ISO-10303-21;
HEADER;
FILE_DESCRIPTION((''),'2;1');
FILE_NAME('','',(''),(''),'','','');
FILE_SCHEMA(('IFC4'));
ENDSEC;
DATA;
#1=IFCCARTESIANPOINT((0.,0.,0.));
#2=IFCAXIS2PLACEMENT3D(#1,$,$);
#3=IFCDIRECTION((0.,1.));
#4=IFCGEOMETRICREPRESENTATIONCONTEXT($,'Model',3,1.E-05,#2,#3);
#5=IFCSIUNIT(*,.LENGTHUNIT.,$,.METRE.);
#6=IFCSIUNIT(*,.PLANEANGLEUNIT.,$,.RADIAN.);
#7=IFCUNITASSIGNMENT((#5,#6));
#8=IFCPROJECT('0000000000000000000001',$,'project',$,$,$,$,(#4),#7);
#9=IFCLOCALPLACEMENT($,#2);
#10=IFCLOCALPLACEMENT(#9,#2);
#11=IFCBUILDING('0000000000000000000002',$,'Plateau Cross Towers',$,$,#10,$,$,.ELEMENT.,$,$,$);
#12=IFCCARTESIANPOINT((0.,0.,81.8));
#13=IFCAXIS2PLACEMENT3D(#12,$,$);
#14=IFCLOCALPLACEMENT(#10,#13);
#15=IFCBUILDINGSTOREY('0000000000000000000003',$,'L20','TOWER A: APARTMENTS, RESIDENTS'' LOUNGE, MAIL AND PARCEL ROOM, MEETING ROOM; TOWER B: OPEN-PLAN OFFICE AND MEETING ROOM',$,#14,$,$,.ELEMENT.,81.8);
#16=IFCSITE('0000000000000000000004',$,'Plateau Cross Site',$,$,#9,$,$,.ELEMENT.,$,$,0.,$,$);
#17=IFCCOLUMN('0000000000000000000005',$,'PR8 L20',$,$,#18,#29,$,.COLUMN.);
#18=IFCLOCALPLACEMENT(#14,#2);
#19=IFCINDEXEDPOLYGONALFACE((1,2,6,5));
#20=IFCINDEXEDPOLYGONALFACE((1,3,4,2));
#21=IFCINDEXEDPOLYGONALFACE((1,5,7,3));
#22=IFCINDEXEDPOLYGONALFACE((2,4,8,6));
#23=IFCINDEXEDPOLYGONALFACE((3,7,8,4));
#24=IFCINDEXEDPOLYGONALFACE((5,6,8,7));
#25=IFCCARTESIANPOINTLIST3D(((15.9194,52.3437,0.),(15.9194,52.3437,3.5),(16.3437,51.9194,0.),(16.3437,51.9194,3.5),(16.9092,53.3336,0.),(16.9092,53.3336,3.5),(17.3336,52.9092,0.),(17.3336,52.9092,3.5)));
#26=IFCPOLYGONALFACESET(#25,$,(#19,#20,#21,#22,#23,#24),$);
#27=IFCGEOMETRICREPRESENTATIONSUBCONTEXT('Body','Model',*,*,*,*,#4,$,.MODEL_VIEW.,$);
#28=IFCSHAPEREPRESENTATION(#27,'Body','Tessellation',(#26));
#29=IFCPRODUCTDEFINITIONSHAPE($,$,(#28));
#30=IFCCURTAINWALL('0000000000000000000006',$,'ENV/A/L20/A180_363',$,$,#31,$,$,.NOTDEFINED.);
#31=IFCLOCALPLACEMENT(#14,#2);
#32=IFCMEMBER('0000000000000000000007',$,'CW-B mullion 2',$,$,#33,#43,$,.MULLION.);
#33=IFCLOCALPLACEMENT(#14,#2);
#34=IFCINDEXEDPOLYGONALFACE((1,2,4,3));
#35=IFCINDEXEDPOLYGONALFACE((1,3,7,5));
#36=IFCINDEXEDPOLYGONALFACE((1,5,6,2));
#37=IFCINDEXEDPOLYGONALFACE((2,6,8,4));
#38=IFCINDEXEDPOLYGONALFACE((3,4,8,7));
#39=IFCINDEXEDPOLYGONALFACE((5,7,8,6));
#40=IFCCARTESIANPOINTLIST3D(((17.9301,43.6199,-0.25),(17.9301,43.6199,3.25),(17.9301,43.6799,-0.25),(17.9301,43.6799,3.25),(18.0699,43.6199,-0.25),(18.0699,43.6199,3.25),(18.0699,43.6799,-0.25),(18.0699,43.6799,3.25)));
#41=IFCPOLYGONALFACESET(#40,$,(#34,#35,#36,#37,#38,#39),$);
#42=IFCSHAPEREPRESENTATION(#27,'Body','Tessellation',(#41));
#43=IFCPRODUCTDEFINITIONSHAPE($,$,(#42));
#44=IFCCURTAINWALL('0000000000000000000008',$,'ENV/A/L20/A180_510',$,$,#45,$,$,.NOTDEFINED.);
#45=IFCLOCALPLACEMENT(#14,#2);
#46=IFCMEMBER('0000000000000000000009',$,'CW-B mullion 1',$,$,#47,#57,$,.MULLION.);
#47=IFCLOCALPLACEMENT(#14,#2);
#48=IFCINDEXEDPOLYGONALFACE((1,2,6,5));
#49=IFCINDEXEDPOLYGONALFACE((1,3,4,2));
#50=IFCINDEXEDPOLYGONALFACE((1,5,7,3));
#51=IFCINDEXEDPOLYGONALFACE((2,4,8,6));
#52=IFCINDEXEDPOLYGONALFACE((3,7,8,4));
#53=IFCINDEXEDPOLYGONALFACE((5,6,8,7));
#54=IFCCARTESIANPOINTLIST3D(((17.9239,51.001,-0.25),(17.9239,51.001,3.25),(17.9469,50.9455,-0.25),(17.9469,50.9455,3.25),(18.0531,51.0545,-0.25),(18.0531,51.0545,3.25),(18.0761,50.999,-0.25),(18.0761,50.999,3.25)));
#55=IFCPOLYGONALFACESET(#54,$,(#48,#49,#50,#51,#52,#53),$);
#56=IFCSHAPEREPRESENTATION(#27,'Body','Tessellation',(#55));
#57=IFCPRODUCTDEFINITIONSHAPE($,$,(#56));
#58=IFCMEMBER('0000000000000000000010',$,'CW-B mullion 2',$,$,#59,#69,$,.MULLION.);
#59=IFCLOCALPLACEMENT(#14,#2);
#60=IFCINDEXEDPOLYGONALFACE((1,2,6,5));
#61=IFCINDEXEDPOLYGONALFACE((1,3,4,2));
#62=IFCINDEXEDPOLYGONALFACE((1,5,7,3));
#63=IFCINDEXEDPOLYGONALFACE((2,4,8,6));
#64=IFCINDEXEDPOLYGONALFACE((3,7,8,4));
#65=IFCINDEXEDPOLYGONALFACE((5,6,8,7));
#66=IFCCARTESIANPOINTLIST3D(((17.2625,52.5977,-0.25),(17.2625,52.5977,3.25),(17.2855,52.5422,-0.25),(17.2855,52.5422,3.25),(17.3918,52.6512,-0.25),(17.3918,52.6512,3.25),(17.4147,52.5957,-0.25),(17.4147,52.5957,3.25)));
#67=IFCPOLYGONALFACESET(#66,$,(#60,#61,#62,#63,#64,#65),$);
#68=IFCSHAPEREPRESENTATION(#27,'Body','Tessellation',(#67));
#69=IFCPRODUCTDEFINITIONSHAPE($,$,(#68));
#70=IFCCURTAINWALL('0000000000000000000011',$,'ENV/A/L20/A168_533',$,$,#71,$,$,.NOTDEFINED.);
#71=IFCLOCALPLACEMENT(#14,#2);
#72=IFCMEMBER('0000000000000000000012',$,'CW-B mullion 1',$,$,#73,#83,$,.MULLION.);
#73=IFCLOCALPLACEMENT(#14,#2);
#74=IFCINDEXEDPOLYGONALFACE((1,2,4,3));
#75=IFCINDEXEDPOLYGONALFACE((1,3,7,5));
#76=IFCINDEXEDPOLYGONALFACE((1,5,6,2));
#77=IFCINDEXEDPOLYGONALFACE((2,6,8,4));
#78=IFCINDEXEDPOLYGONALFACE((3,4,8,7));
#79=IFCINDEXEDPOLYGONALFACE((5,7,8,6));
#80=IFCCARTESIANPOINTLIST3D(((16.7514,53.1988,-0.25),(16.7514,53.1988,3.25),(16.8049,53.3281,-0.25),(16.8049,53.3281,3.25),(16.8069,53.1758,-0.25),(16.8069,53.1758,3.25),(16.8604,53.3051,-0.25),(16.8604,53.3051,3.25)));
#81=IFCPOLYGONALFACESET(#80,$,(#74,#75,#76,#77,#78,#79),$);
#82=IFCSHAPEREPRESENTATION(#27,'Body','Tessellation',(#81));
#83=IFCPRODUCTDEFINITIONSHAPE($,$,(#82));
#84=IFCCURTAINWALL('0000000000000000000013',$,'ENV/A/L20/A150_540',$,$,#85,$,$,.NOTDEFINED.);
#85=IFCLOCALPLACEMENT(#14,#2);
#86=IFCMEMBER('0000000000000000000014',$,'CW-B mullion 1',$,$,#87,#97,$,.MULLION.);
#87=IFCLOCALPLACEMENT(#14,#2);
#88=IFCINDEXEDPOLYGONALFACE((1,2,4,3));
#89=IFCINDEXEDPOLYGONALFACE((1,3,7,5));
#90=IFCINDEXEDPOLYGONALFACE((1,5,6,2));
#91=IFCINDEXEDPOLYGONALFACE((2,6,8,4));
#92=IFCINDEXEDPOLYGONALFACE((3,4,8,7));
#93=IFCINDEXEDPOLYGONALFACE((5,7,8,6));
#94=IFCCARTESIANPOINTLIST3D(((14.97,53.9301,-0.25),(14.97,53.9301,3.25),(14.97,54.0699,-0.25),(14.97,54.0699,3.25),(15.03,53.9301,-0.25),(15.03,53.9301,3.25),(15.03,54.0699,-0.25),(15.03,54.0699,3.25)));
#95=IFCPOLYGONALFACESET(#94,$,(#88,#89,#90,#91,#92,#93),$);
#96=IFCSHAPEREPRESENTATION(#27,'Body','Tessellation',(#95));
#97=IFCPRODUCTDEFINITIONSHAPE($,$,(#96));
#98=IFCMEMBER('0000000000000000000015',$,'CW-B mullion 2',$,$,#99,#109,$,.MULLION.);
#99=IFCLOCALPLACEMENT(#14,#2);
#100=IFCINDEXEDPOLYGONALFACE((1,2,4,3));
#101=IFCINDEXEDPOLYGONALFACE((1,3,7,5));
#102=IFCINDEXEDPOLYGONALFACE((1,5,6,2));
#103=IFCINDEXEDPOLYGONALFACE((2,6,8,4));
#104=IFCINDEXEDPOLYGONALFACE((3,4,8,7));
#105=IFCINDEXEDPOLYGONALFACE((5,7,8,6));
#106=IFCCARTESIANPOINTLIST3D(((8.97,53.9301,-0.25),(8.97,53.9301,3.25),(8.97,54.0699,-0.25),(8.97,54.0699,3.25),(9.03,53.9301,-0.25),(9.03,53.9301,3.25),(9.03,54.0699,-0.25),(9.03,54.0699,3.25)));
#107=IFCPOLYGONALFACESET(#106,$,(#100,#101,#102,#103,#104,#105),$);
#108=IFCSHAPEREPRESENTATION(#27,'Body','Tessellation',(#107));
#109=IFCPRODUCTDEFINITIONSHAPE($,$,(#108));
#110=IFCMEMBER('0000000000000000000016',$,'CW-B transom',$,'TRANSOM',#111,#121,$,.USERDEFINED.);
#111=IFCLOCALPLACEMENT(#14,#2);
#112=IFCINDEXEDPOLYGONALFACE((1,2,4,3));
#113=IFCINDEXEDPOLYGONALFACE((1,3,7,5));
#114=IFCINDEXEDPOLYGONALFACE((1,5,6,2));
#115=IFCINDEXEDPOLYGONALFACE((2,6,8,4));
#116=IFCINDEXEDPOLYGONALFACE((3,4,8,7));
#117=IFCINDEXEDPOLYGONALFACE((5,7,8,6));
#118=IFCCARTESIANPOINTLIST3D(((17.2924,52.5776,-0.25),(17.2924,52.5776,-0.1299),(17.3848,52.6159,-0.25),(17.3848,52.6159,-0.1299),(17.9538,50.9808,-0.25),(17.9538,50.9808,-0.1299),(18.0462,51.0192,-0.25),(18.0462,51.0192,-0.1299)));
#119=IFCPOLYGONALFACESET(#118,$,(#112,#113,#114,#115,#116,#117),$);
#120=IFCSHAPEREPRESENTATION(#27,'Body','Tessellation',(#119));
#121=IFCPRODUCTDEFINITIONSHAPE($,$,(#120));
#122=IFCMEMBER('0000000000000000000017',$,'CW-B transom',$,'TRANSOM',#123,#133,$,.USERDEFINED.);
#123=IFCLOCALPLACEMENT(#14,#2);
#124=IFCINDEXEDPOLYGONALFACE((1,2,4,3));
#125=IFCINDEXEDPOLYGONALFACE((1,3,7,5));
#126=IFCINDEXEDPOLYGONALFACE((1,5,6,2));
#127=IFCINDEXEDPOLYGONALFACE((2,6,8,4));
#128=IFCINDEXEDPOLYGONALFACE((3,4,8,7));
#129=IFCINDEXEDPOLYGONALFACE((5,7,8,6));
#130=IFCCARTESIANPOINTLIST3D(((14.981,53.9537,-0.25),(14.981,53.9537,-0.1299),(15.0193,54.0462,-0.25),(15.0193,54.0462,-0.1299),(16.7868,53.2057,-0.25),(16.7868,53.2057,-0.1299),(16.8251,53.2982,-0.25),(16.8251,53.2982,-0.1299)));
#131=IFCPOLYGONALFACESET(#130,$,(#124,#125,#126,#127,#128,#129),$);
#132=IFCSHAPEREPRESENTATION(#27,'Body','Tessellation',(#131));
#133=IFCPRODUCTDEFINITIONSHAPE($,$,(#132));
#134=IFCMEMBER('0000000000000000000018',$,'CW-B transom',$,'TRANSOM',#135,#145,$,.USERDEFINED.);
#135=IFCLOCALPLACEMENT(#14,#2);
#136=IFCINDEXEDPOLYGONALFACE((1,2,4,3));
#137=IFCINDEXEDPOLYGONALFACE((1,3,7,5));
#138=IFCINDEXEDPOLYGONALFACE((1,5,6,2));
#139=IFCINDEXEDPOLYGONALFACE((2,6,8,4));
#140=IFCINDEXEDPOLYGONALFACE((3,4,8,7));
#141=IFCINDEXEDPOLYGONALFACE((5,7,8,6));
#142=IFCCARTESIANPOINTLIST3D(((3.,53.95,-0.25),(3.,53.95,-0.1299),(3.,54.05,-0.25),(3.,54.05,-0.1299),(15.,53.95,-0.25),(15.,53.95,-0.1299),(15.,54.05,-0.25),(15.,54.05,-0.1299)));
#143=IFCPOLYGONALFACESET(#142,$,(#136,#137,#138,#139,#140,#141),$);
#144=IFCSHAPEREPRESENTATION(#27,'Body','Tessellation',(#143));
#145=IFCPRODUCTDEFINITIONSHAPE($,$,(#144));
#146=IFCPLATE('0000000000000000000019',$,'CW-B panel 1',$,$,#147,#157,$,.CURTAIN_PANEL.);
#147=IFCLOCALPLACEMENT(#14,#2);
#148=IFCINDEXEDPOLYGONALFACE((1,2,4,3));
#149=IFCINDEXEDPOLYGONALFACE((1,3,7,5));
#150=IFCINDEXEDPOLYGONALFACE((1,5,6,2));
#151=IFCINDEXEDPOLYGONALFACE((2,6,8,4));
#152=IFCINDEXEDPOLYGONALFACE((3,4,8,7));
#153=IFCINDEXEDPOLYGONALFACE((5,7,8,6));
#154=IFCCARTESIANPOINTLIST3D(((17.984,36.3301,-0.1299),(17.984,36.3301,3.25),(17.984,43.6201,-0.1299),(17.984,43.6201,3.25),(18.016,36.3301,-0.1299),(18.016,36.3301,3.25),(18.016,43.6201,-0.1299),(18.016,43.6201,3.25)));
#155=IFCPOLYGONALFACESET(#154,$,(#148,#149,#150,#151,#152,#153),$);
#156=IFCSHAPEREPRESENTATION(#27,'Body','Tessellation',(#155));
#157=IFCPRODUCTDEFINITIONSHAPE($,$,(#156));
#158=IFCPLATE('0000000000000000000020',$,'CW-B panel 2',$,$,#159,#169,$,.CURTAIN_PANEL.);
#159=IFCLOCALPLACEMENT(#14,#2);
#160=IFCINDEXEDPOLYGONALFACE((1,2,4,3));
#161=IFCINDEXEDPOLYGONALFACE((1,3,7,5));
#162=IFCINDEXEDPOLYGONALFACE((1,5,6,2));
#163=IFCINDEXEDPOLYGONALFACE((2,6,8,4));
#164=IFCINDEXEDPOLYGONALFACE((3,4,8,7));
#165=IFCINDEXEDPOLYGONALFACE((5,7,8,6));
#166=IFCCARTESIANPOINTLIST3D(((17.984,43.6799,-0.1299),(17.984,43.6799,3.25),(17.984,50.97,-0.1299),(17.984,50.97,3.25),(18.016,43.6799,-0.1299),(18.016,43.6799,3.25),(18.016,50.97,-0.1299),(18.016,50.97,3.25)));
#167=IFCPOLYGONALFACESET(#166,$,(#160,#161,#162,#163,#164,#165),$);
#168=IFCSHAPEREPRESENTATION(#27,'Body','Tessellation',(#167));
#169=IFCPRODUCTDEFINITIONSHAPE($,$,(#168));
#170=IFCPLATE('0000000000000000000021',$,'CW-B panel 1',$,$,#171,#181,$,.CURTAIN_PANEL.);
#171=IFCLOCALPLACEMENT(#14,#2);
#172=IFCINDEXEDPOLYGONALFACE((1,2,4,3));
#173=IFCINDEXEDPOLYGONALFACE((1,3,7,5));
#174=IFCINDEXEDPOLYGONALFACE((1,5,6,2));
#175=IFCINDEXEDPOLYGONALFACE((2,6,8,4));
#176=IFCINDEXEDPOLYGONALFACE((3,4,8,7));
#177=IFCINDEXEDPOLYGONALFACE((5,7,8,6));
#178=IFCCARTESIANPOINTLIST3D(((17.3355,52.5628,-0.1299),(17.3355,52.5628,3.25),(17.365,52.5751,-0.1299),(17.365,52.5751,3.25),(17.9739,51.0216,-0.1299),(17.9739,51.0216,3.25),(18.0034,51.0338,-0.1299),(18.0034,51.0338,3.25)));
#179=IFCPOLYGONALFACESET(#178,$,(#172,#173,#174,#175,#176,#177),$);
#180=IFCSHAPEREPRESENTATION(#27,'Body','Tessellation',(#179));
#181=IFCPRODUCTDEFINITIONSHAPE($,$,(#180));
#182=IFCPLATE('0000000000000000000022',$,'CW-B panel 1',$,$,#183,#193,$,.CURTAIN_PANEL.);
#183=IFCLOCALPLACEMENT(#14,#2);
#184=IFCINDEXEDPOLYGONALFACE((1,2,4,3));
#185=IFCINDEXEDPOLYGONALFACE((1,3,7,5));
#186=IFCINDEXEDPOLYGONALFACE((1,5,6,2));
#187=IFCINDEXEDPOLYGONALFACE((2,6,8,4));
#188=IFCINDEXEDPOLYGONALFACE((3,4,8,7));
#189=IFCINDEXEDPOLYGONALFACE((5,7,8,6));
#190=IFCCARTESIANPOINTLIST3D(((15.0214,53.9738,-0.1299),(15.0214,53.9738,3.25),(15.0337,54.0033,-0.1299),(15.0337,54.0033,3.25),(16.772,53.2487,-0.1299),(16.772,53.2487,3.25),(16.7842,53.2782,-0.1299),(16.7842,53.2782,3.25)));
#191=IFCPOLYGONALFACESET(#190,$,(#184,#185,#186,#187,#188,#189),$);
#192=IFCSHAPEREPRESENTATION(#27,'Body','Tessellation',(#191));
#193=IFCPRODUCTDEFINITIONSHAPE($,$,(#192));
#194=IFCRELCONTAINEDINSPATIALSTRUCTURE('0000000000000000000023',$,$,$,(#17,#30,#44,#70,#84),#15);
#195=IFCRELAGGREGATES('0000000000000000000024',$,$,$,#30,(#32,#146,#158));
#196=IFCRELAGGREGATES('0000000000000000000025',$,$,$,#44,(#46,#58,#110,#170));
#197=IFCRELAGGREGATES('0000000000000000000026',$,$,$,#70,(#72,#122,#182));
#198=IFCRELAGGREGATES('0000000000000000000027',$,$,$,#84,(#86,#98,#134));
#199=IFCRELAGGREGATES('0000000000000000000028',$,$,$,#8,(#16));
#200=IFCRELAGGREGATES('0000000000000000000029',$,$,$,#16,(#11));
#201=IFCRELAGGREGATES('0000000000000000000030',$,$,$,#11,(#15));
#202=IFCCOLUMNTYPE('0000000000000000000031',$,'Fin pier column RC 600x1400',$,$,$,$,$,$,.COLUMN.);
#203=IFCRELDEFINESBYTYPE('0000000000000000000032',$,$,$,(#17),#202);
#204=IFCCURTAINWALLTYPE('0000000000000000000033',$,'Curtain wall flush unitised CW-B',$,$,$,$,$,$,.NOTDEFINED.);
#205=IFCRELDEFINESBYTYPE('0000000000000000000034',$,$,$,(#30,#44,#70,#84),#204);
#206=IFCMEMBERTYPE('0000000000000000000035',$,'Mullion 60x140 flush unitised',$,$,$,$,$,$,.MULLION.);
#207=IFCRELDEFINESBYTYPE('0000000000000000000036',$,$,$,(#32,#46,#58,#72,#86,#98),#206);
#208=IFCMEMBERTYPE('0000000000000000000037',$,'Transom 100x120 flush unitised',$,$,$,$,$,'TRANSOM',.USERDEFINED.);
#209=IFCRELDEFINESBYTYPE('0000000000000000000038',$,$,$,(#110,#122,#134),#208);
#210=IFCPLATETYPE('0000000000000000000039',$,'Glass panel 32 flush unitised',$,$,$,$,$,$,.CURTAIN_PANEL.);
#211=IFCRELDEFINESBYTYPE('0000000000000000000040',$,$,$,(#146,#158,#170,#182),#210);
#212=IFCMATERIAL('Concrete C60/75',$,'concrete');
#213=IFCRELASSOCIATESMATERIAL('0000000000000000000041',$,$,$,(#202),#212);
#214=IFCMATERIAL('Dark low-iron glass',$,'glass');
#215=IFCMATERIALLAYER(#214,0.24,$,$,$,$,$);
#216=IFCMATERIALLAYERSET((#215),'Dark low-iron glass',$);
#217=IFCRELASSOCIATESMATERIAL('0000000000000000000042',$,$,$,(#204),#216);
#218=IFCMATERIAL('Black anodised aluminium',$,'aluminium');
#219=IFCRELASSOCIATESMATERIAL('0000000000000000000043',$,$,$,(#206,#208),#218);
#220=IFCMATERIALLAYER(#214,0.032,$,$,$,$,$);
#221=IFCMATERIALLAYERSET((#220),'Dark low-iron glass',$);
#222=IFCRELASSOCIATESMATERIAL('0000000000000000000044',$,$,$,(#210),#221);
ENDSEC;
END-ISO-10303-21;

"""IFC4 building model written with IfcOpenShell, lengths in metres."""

from ifc_helpers import new_model, si_unit, direction, frame, origin, origin_2d, place, context, subcontext, project, spatial, rectangle, extrude, material, layer, layer_set, material_profile, profile_set, type_object, element, aggregate, save


model = new_model("IFC4")

# Units and contexts
model_context = context("Model", 3, precision=1e-05, world=origin(), true_north=direction((0.0, 1.0)))
body_context = subcontext(model_context, "Body", "Model", "MODEL_VIEW")
ifc_project = project(units=[si_unit("LENGTHUNIT", "METRE"), si_unit("PLANEANGLEUNIT", "RADIAN")], contexts=[model_context])

# Site, building, storey
site_placement = place(None, origin())
site = spatial("IfcSite", under=ifc_project, at=site_placement, Name="Plateau Cross Site", CompositionType="ELEMENT", RefElevation=0.0)
building_placement = place(site_placement, origin())
building = spatial("IfcBuilding", under=site, at=building_placement, Name="Plateau Cross Towers", CompositionType="ELEMENT")
storey_placement = place(building_placement, frame((0.0, 0.0, 81.8)))
storey = spatial("IfcBuildingStorey", under=building, at=storey_placement, Name="L20", Description="TOWER A: APARTMENTS, RESIDENTS' LOUNGE, MAIL AND PARCEL ROOM, MEETING ROOM; TOWER B: OPEN-PLAN OFFICE AND MEETING ROOM", CompositionType="ELEMENT", Elevation=81.8)

# Column
ifc_material_1 = material(Name="Concrete C60/75", Category="concrete")
ifc_material_profile_1 = material_profile(ifc_material_1, rectangle(XDim=0.6001, YDim=1.3999, at=origin_2d()), Name="RC 600x1400")
ifc_profile_set_1 = profile_set([ifc_material_profile_1], Name="Concrete C60/75")
column_type = type_object("IfcColumnType", Name="Fin pier column RC 600x1400", PredefinedType="COLUMN", material=ifc_profile_set_1)
column_placement = place(storey_placement, frame((16.6265, 52.6265, 0.0), z_axis=(0.0, 0.0, 1.0), x_axis=(-0.707107, 0.707107, 0.0)))
element("IfcColumn", 1, at=column_placement, inside=storey, type_object=column_type, Name="PR8 L20", PredefinedType="COLUMN", context=body_context, shape_type="SweptSolid", body=[
    extrude(rectangle(XDim=0.6001, YDim=1.3999, at=origin_2d()), origin(), (0.0, 0.0, 1.0), 3.5),
])

# Curtain wall, member
ifc_material_2 = material(Name="Dark low-iron glass", Category="glass")
ifc_layer_1 = layer(ifc_material_2, 0.24)
ifc_layer_set_1 = layer_set([ifc_layer_1], Name="Dark low-iron glass")
curtain_wall_type = type_object("IfcCurtainWallType", Name="Curtain wall flush unitised CW-B", PredefinedType="NOTDEFINED", material=ifc_layer_set_1)
curtain_wall_1_placement = place(storey_placement, origin())
curtain_wall_1 = element("IfcCurtainWall", 2, at=curtain_wall_1_placement, inside=storey, type_object=curtain_wall_type, Name="ENV/A/L20/A180_363", PredefinedType="NOTDEFINED")
ifc_material_3 = material(Name="Black anodised aluminium", Category="aluminium")
ifc_material_profile_2 = material_profile(ifc_material_3, rectangle(XDim=0.0601, YDim=0.1399, at=origin_2d()), Name="MULLION 60x140")
ifc_profile_set_2 = profile_set([ifc_material_profile_2], Name="Black anodised aluminium")
member_type_1 = type_object("IfcMemberType", Name="Mullion 60x140 flush unitised", PredefinedType="MULLION", material=ifc_profile_set_2)
member_1_placement = place(storey_placement, frame((18.0, 43.6499, -0.25), z_axis=(0.0, 0.0, 1.0), x_axis=(0.0, 1.0, 0.0)))
member_1 = element("IfcMember", 3, at=member_1_placement, type_object=member_type_1, Name="CW-B mullion 2", PredefinedType="MULLION", context=body_context, shape_type="SweptSolid", body=[
    extrude(rectangle(XDim=0.0601, YDim=0.1399, at=origin_2d()), origin(), (0.0, 0.0, 1.0), 3.5),
])

# Curtain wall, members
curtain_wall_2_placement = place(storey_placement, origin())
curtain_wall_2 = element("IfcCurtainWall", 4, at=curtain_wall_2_placement, inside=storey, type_object=curtain_wall_type, Name="ENV/A/L20/A180_510", PredefinedType="NOTDEFINED")
member_2_placement = place(storey_placement, frame((18.0, 51.0, -0.25), z_axis=(0.0, 0.0, 1.0), x_axis=(-0.382684, 0.923879, 0.0)))
member_2 = element("IfcMember", 5, at=member_2_placement, type_object=member_type_1, Name="CW-B mullion 1", PredefinedType="MULLION", context=body_context, shape_type="SweptSolid", body=[
    extrude(rectangle(XDim=0.0601, YDim=0.1399, at=origin_2d()), origin(), (0.0, 0.0, 1.0), 3.5),
])
member_3_placement = place(storey_placement, frame((17.3386, 52.5967, -0.25), z_axis=(0.0, 0.0, 1.0), x_axis=(-0.382684, 0.923879, 0.0)))
member_3 = element("IfcMember", 6, at=member_3_placement, type_object=member_type_1, Name="CW-B mullion 2", PredefinedType="MULLION", context=body_context, shape_type="SweptSolid", body=[
    extrude(rectangle(XDim=0.0601, YDim=0.1399, at=origin_2d()), origin(), (0.0, 0.0, 1.0), 3.5),
])

# Curtain wall, member
curtain_wall_3_placement = place(storey_placement, origin())
curtain_wall_3 = element("IfcCurtainWall", 7, at=curtain_wall_3_placement, inside=storey, type_object=curtain_wall_type, Name="ENV/A/L20/A168_533", PredefinedType="NOTDEFINED")
member_4_placement = place(storey_placement, frame((16.8059, 53.252, -0.25), z_axis=(0.0, 0.0, 1.0), x_axis=(-0.923879, 0.382684, 0.0)))
member_4 = element("IfcMember", 8, at=member_4_placement, type_object=member_type_1, Name="CW-B mullion 1", PredefinedType="MULLION", context=body_context, shape_type="SweptSolid", body=[
    extrude(rectangle(XDim=0.0601, YDim=0.1399, at=origin_2d()), origin(), (0.0, 0.0, 1.0), 3.5),
])

# Curtain wall, members
curtain_wall_4_placement = place(storey_placement, origin())
curtain_wall_4 = element("IfcCurtainWall", 9, at=curtain_wall_4_placement, inside=storey, type_object=curtain_wall_type, Name="ENV/A/L20/A150_540", PredefinedType="NOTDEFINED")
member_5_placement = place(storey_placement, frame((15.0, 54.0, -0.25), z_axis=(0.0, 0.0, 1.0), x_axis=(-1.0, 0.0, 0.0)))
member_5 = element("IfcMember", 10, at=member_5_placement, type_object=member_type_1, Name="CW-B mullion 1", PredefinedType="MULLION", context=body_context, shape_type="SweptSolid", body=[
    extrude(rectangle(XDim=0.0601, YDim=0.1399, at=origin_2d()), origin(), (0.0, 0.0, 1.0), 3.5),
])
member_6_placement = place(storey_placement, frame((9.0, 54.0, -0.25), z_axis=(0.0, 0.0, 1.0), x_axis=(-1.0, 0.0, 0.0)))
member_6 = element("IfcMember", 11, at=member_6_placement, type_object=member_type_1, Name="CW-B mullion 2", PredefinedType="MULLION", context=body_context, shape_type="SweptSolid", body=[
    extrude(rectangle(XDim=0.0601, YDim=0.1399, at=origin_2d()), origin(), (0.0, 0.0, 1.0), 3.5),
])

# Members
ifc_material_profile_3 = material_profile(ifc_material_3, rectangle(XDim=0.1001, YDim=0.1201, at=origin_2d()), Name="TRANSOM 100x120")
ifc_profile_set_3 = profile_set([ifc_material_profile_3], Name="Black anodised aluminium")
member_type_2 = type_object("IfcMemberType", Name="Transom 100x120 flush unitised", ElementType="TRANSOM", PredefinedType="USERDEFINED", material=ifc_profile_set_3)
member_7_placement = place(storey_placement, frame((18.0, 51.0, -0.1899), z_axis=(-0.382689, 0.923877, 0.0), x_axis=(-0.923877, -0.382689, 0.0)))
member_7 = element("IfcMember", 12, at=member_7_placement, type_object=member_type_2, Name="CW-B transom", ObjectType="TRANSOM", PredefinedType="USERDEFINED", context=body_context, shape_type="SweptSolid", body=[
    extrude(rectangle(XDim=0.1001, YDim=0.1201, at=origin_2d()), origin(), (0.0, 0.0, 1.0), 1.7283),
])
member_8_placement = place(storey_placement, frame((16.8059, 53.252, -0.1899), z_axis=(-0.923877, 0.38269, 0.0), x_axis=(-0.38269, -0.923877, 0.0)))
member_8 = element("IfcMember", 13, at=member_8_placement, type_object=member_type_2, Name="CW-B transom", ObjectType="TRANSOM", PredefinedType="USERDEFINED", context=body_context, shape_type="SweptSolid", body=[
    extrude(rectangle(XDim=0.1001, YDim=0.1201, at=origin_2d()), origin(), (0.0, 0.0, 1.0), 1.9546),
])
member_9_placement = place(storey_placement, frame((15.0, 54.0, -0.1899), z_axis=(-1.0, 0.0, 0.0), x_axis=(0.0, -1.0, 0.0)))
member_9 = element("IfcMember", 14, at=member_9_placement, type_object=member_type_2, Name="CW-B transom", ObjectType="TRANSOM", PredefinedType="USERDEFINED", context=body_context, shape_type="SweptSolid", body=[
    extrude(rectangle(XDim=0.1001, YDim=0.1201, at=origin_2d()), origin(), (0.0, 0.0, 1.0), 12.0),
])

# Plates
ifc_layer_2 = layer(ifc_material_2, 0.032)
ifc_layer_set_2 = layer_set([ifc_layer_2], Name="Dark low-iron glass")
plate_type = type_object("IfcPlateType", Name="Glass panel 32 flush unitised", PredefinedType="CURTAIN_PANEL", material=ifc_layer_set_2)
plate_1_placement = place(storey_placement, frame((18.0, 39.9751, -0.1299), z_axis=(0.0, 0.0, 1.0), x_axis=(0.0, 1.0, 0.0)))
plate_1 = element("IfcPlate", 15, at=plate_1_placement, type_object=plate_type, Name="CW-B panel 1", PredefinedType="CURTAIN_PANEL", context=body_context, shape_type="SweptSolid", body=[
    extrude(rectangle(XDim=7.29, YDim=0.032, at=origin_2d()), origin(), (0.0, 0.0, 1.0), 3.3799),
])
plate_2_placement = place(storey_placement, frame((18.0, 47.325, -0.1299), z_axis=(0.0, 0.0, 1.0), x_axis=(0.0, 1.0, 0.0)))
plate_2 = element("IfcPlate", 16, at=plate_2_placement, type_object=plate_type, Name="CW-B panel 2", PredefinedType="CURTAIN_PANEL", context=body_context, shape_type="SweptSolid", body=[
    extrude(rectangle(XDim=7.29, YDim=0.032, at=origin_2d()), origin(), (0.0, 0.0, 1.0), 3.3799),
])
aggregate(curtain_wall_1, [member_1, plate_1, plate_2])
plate_3_placement = place(storey_placement, frame((17.6694, 51.7983, -0.1299), z_axis=(0.0, 0.0, 1.0), x_axis=(-0.382684, 0.923879, 0.0)))
plate_3 = element("IfcPlate", 17, at=plate_3_placement, type_object=plate_type, Name="CW-B panel 1", PredefinedType="CURTAIN_PANEL", context=body_context, shape_type="SweptSolid", body=[
    extrude(rectangle(XDim=1.6682, YDim=0.032, at=origin_2d()), origin(), (0.0, 0.0, 1.0), 3.3799),
])
aggregate(curtain_wall_2, [member_2, member_3, member_7, plate_3])
plate_4_placement = place(storey_placement, frame((15.9028, 53.626, -0.1299), z_axis=(0.0, 0.0, 1.0), x_axis=(-0.923879, 0.382684, 0.0)))
plate_4 = element("IfcPlate", 18, at=plate_4_placement, type_object=plate_type, Name="CW-B panel 1", PredefinedType="CURTAIN_PANEL", context=body_context, shape_type="SweptSolid", body=[
    extrude(rectangle(XDim=1.8948, YDim=0.032, at=origin_2d()), origin(), (0.0, 0.0, 1.0), 3.3799),
])
aggregate(curtain_wall_3, [member_4, member_8, plate_4])
aggregate(curtain_wall_4, [member_5, member_6, member_9])

save(model, "model.ifc")
